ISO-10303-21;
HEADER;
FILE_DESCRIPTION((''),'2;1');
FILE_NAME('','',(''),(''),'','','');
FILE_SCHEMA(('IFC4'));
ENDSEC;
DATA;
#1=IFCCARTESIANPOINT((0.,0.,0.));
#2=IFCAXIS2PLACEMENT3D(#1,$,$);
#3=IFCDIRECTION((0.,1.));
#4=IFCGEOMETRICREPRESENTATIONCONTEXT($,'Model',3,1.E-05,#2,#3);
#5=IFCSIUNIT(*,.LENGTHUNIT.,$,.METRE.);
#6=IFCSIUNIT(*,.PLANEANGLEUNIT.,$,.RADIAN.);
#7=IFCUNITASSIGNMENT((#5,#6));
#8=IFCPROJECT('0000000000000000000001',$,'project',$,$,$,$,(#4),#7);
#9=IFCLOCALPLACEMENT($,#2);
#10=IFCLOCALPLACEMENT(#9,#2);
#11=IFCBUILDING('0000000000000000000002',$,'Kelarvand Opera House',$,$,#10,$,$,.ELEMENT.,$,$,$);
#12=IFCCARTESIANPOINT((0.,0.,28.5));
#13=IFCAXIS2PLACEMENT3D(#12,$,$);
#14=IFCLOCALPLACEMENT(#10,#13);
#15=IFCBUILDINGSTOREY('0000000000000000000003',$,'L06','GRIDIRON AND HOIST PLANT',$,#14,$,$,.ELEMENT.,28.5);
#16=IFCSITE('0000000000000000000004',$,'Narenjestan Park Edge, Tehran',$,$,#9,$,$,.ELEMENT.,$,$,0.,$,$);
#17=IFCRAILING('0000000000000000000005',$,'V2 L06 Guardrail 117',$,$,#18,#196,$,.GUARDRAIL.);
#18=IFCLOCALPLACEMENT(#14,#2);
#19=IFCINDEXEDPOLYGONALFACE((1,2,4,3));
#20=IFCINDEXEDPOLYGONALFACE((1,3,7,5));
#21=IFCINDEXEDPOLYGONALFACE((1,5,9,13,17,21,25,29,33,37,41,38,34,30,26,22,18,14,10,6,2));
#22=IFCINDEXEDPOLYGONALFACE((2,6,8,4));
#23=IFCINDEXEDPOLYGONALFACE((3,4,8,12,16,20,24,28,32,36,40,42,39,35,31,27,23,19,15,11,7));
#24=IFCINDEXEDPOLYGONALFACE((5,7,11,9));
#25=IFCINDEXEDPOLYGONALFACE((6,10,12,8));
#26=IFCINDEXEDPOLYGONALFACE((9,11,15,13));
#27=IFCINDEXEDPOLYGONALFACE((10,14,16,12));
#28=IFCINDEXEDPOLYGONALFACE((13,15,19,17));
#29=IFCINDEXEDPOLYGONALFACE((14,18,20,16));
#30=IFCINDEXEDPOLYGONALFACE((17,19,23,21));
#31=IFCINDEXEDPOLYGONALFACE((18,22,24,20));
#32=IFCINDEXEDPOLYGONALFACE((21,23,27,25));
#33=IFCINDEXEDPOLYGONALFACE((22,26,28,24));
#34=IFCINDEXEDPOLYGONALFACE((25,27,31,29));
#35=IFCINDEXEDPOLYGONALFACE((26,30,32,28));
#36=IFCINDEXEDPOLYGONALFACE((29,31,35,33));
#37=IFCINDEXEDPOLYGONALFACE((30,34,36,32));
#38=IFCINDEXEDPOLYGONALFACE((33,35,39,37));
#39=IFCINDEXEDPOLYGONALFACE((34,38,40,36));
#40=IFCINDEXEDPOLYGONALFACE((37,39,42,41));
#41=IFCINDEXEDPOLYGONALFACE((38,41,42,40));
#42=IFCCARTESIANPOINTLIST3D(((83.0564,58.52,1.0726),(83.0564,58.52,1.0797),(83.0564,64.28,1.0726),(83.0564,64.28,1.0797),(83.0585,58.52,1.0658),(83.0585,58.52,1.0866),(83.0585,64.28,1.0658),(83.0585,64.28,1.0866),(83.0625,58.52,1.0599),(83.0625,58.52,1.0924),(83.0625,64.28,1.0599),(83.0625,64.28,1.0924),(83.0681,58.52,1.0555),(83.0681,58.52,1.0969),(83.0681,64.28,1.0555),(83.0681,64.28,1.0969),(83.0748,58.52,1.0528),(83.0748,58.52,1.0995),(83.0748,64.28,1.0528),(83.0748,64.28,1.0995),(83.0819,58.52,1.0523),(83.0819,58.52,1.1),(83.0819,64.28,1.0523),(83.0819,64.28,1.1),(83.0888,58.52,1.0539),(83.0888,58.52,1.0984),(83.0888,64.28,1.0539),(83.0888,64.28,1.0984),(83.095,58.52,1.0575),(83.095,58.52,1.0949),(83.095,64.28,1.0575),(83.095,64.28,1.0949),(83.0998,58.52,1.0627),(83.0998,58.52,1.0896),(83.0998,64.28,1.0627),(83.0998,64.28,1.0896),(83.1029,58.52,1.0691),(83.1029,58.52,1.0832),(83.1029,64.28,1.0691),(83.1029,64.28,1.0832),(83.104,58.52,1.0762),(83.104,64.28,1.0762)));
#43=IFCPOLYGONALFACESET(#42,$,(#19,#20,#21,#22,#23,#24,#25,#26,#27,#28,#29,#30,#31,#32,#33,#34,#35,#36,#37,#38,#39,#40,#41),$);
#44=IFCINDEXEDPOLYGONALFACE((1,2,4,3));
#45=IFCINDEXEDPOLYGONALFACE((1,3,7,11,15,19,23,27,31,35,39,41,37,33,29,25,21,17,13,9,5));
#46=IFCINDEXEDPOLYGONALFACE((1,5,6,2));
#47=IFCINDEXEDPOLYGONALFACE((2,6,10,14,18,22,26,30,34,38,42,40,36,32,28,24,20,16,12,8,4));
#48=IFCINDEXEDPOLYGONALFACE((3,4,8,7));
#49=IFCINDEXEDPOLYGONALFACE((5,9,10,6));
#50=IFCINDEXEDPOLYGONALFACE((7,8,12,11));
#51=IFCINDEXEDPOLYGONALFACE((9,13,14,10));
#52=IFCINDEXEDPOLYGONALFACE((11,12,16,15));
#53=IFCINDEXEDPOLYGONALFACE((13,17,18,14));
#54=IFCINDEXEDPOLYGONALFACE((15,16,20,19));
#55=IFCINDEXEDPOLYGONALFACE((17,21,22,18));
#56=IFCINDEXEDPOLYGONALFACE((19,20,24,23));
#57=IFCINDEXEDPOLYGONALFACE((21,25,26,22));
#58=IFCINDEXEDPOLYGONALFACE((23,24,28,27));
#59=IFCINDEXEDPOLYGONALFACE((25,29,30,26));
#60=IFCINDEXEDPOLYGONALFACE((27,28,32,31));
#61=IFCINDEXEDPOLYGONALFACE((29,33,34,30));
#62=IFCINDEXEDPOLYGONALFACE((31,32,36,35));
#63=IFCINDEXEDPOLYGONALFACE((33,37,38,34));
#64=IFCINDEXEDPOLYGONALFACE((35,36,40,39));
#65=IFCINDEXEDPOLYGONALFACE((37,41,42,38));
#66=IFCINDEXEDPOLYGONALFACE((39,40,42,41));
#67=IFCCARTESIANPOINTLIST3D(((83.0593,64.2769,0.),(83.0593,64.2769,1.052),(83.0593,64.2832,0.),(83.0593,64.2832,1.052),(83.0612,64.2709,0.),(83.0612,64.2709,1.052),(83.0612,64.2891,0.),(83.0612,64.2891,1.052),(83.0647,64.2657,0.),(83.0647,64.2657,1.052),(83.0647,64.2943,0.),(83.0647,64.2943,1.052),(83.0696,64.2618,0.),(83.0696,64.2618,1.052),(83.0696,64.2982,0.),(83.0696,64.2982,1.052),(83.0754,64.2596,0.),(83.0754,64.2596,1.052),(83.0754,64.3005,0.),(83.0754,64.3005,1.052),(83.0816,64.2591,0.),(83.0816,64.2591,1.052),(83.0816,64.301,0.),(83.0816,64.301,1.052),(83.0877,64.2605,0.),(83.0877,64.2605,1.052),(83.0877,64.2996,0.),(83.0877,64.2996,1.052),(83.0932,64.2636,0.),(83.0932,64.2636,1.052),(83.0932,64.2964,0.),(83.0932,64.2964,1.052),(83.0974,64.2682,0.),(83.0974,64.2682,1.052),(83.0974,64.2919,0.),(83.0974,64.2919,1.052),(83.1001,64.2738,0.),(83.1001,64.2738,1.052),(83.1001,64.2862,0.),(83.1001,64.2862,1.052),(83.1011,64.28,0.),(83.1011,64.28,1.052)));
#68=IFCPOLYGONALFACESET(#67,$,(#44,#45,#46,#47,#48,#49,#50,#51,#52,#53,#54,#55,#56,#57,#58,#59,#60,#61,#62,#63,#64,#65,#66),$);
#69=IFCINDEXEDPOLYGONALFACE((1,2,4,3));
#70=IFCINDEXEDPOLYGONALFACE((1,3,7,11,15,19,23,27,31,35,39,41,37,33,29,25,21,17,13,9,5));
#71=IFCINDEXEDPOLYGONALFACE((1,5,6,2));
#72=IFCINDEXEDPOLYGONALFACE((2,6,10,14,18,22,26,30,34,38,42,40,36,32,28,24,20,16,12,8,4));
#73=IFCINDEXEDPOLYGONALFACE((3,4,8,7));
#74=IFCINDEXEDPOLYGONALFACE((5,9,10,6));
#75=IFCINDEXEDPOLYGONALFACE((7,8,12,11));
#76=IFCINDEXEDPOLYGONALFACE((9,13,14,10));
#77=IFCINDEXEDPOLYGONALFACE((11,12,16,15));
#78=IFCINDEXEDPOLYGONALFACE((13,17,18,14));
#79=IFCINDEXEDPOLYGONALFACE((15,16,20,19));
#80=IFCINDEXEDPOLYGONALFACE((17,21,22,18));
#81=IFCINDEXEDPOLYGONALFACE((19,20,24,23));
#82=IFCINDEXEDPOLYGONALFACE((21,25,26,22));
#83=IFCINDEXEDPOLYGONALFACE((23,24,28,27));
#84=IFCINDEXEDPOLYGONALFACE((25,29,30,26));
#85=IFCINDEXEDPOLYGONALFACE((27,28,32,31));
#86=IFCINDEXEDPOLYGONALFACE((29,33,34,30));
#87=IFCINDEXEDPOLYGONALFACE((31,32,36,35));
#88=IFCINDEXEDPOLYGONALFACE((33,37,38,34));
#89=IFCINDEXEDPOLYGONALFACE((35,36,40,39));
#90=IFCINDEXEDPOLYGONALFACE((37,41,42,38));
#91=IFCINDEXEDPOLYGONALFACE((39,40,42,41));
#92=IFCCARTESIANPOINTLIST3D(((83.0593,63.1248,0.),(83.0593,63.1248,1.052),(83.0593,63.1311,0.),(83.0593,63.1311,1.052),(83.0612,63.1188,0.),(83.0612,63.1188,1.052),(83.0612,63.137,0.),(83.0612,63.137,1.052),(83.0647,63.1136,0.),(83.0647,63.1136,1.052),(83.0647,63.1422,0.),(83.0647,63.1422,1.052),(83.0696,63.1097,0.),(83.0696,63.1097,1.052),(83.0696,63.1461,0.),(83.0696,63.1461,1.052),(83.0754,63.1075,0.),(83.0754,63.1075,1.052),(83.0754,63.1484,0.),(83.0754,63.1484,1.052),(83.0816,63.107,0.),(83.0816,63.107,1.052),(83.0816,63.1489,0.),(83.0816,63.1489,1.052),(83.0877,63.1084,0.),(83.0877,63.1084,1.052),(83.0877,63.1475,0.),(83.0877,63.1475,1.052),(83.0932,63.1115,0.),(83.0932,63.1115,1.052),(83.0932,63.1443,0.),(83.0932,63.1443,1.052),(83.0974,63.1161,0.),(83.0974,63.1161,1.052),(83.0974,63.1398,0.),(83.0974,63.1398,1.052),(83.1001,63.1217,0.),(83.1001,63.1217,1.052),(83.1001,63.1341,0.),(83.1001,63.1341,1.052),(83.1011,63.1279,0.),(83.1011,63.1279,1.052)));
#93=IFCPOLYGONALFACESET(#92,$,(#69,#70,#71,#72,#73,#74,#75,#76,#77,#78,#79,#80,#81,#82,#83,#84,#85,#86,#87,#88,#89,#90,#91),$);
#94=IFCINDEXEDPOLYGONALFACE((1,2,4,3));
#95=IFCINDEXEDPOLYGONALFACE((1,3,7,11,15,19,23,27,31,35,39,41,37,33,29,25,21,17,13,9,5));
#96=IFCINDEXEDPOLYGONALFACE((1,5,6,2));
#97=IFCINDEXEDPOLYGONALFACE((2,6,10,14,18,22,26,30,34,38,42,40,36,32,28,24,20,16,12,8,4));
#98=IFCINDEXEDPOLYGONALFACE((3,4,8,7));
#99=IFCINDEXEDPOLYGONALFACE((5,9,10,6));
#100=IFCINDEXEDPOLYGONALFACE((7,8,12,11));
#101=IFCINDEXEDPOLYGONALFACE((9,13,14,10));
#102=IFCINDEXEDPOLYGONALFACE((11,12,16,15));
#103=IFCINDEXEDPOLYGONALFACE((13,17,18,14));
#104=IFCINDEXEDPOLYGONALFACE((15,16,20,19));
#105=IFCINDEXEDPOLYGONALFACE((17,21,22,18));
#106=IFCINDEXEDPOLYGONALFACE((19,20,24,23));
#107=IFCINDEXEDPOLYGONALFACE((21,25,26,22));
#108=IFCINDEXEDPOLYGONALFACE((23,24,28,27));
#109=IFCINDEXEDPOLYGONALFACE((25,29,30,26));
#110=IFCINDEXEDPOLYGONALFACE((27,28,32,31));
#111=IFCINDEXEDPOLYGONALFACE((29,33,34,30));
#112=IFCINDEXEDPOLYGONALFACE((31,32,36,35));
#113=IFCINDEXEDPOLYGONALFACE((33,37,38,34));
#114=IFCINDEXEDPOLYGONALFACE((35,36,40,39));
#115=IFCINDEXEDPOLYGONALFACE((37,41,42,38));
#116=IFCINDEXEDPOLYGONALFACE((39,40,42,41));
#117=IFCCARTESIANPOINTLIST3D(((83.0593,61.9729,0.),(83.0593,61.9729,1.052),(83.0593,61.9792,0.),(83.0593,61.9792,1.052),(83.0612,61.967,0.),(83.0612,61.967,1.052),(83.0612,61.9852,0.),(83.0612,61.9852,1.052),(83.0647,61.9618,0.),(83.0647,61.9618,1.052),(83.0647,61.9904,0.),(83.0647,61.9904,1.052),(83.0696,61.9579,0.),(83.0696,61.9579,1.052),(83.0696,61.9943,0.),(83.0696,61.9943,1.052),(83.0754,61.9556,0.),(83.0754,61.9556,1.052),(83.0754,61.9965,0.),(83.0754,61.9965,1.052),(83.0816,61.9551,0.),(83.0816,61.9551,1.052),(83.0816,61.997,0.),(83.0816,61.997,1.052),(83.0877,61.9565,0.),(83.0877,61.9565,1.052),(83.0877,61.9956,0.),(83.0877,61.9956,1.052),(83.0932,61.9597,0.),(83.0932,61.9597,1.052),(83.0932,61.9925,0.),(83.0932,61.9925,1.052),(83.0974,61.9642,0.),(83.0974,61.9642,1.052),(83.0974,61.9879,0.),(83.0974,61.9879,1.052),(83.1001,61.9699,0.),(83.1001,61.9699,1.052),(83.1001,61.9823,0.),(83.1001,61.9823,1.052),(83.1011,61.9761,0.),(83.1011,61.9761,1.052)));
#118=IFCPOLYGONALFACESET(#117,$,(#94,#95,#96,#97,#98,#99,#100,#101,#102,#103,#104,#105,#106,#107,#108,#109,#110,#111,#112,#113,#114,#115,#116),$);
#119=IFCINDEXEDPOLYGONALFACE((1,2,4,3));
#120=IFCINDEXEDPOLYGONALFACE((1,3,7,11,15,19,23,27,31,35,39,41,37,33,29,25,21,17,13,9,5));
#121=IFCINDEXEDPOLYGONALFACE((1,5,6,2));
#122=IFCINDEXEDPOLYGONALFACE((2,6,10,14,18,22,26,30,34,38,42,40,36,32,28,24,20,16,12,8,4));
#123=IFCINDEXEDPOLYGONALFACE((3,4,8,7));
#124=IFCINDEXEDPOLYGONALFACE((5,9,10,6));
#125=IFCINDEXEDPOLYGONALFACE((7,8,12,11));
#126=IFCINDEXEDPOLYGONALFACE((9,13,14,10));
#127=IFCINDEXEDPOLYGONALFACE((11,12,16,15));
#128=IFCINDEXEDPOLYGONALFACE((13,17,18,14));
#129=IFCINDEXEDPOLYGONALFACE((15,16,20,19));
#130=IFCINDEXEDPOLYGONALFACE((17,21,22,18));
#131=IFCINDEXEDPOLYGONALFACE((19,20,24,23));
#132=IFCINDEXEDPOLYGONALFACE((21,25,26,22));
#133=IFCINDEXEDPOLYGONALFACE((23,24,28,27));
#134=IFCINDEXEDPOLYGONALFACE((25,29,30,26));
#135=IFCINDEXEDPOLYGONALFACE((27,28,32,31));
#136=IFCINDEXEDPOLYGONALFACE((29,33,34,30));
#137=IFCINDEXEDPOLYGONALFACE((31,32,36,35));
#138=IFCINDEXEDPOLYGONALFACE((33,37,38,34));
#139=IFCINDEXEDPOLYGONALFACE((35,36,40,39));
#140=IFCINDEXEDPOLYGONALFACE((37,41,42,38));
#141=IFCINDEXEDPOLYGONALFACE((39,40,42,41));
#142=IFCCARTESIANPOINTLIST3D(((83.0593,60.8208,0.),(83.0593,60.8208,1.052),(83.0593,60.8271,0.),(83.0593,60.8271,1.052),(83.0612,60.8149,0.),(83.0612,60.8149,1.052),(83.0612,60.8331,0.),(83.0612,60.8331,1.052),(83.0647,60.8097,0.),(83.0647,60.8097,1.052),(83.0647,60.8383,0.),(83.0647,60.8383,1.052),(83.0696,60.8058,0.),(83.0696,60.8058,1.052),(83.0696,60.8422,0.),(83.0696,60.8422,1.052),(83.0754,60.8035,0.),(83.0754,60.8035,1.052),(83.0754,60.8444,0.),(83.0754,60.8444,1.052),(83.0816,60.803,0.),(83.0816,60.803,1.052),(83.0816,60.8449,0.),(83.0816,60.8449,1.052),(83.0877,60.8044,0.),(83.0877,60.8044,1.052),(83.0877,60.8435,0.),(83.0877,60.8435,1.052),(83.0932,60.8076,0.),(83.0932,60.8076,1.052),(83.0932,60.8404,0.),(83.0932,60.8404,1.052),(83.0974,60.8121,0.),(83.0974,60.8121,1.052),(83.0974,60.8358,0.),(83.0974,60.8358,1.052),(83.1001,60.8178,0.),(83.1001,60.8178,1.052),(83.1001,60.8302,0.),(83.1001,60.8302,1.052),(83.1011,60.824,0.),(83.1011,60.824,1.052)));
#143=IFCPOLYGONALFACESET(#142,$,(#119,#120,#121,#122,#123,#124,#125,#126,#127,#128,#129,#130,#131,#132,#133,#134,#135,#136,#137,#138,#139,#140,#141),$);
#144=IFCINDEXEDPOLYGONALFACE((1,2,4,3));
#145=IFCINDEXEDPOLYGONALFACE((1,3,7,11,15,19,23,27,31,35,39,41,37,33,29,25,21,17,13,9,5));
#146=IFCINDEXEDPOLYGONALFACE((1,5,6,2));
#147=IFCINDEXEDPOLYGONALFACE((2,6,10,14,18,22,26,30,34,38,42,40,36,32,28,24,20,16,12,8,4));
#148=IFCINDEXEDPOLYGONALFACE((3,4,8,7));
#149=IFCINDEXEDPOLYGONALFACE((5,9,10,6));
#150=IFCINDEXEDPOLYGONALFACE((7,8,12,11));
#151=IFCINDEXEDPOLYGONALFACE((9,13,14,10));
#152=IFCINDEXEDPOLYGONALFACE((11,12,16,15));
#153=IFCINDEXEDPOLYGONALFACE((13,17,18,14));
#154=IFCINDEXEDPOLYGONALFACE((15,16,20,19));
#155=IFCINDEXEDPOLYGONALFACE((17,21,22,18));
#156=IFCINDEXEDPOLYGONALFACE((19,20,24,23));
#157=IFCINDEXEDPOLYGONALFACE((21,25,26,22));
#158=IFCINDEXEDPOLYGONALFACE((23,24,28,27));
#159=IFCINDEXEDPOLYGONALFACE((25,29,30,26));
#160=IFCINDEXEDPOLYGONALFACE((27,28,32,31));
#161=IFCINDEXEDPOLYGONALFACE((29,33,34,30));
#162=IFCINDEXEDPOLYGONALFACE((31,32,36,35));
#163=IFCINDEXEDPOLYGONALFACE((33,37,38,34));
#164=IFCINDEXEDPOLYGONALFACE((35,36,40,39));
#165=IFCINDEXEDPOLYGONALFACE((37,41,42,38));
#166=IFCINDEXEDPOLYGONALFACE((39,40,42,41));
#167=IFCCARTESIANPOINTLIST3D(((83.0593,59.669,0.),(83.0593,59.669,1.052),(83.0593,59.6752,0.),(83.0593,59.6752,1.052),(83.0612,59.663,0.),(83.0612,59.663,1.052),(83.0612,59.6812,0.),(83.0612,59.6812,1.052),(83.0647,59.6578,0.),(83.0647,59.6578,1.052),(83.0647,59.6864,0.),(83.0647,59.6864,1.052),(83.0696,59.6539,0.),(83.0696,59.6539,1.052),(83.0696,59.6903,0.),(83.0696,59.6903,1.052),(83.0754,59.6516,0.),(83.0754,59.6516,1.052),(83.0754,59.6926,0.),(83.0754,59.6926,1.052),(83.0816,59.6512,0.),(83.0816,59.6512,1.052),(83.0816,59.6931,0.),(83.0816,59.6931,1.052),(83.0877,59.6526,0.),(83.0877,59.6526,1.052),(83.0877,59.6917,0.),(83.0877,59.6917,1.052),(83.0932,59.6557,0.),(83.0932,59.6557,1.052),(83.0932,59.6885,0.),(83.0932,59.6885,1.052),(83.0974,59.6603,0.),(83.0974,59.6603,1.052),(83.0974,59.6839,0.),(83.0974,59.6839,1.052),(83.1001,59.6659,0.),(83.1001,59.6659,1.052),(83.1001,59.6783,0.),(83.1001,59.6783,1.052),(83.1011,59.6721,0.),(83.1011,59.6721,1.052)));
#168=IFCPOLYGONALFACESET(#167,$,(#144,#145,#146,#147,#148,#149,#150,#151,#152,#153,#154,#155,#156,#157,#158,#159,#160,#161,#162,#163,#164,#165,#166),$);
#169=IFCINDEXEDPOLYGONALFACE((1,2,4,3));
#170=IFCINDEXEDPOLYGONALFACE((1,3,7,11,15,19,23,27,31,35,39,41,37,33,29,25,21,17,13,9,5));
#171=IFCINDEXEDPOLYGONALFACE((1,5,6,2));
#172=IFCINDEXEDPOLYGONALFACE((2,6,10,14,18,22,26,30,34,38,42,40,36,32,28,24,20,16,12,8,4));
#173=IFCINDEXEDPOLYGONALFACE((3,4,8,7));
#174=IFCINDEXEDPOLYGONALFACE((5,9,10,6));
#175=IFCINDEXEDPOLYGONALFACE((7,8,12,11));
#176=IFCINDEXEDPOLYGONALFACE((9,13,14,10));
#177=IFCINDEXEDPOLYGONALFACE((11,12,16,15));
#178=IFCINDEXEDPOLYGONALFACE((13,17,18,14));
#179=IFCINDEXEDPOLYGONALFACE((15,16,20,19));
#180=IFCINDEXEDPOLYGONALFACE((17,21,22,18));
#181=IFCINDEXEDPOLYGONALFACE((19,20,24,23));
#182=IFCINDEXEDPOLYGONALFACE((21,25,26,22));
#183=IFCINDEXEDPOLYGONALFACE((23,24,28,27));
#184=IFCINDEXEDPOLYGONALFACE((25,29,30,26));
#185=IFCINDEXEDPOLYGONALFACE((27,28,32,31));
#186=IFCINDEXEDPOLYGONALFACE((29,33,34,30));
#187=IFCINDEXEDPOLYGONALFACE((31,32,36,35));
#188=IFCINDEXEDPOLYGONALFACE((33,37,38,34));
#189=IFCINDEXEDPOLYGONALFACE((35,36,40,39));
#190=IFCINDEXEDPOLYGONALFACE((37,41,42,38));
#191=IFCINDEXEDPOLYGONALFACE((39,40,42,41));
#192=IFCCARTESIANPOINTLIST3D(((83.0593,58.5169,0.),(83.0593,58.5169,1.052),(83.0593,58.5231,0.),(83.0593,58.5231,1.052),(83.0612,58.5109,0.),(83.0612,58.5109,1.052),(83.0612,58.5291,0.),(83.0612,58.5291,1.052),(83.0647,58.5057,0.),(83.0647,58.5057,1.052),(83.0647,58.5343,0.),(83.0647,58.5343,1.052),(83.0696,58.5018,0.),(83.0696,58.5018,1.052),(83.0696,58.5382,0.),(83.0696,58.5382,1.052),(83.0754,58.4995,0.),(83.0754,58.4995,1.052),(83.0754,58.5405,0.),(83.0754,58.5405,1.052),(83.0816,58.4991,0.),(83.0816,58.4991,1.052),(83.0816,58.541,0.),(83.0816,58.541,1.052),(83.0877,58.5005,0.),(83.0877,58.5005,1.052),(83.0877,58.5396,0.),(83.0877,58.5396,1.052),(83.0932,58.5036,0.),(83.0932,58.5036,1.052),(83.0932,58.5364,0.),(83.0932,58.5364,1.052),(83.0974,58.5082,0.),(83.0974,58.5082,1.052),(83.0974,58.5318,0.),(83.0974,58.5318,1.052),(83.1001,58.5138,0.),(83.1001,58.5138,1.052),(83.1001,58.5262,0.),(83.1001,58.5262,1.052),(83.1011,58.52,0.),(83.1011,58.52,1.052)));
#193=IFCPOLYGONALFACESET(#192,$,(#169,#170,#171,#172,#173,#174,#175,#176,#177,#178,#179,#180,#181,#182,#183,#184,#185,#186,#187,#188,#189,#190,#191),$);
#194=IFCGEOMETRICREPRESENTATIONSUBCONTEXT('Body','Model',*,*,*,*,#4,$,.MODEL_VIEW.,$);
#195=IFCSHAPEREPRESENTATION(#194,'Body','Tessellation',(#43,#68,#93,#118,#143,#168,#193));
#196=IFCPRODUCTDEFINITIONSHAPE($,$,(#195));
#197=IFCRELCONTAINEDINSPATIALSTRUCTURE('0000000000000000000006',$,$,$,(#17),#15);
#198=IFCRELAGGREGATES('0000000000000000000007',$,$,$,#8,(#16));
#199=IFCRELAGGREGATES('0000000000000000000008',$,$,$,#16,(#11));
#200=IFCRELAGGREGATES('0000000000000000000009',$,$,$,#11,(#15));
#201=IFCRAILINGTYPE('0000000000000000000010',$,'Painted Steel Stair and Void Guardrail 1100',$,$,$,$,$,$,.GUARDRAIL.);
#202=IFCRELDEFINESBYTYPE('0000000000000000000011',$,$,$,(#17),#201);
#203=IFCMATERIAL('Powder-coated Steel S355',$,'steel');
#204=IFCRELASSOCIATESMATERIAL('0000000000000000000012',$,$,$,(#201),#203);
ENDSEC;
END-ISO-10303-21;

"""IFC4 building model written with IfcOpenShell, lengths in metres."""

from ifc_helpers import new_model, si_unit, direction, frame, origin, origin_2d, place, context, subcontext, project, spatial, circle, extrude, material, type_object, element, save


model = new_model("IFC4")

# Units and contexts
model_context = context("Model", 3, precision=1e-05, world=origin(), true_north=direction((0.0, 1.0)))
body_context = subcontext(model_context, "Body", "Model", "MODEL_VIEW")
ifc_project = project(units=[si_unit("LENGTHUNIT", "METRE"), si_unit("PLANEANGLEUNIT", "RADIAN")], contexts=[model_context])

# Site, building, storey
site_placement = place(None, origin())
site = spatial("IfcSite", under=ifc_project, at=site_placement, Name="Narenjestan Park Edge, Tehran", CompositionType="ELEMENT", RefElevation=0.0)
building_placement = place(site_placement, origin())
building = spatial("IfcBuilding", under=site, at=building_placement, Name="Kelarvand Opera House", CompositionType="ELEMENT")
storey_placement = place(building_placement, frame((0.0, 0.0, 28.5)))
storey = spatial("IfcBuildingStorey", under=building, at=storey_placement, Name="L06", Description="GRIDIRON AND HOIST PLANT", CompositionType="ELEMENT", Elevation=28.5)

# Railing
ifc_material_1 = material(Name="Powder-coated Steel S355", Category="steel")
railing_type = type_object("IfcRailingType", Name="Painted Steel Stair and Void Guardrail 1100", PredefinedType="GUARDRAIL", material=ifc_material_1)
for number, where, name in (
    (1, (83.0801, 64.28, 0.0), "V2 L06 Guardrail 117"),
):
    element("IfcRailing", number, at=place(storey_placement, frame(where)), inside=storey, type_object=railing_type, Name=name, PredefinedType="GUARDRAIL", context=body_context, shape_type="SweptSolid", body=[
        extrude(circle(Radius=0.0239, at=origin_2d()), frame((0.0, 0.0, 1.0762), z_axis=(0.0, -1.0, 0.0), x_axis=(1.0, 0.0, 0.0)), (0.0, 0.0, 1.0), 5.76),
        extrude(circle(Radius=0.021, at=origin_2d()), origin(), (0.0, 0.0, 1.0), 1.052),
        extrude(circle(Radius=0.021, at=origin_2d()), frame((0.0, -1.1521, 0.0)), (0.0, 0.0, 1.0), 1.052),
        extrude(circle(Radius=0.021, at=origin_2d()), frame((0.0, -2.304, 0.0)), (0.0, 0.0, 1.0), 1.052),
        extrude(circle(Radius=0.021, at=origin_2d()), frame((0.0, -3.4561, 0.0)), (0.0, 0.0, 1.0), 1.052),
        extrude(circle(Radius=0.021, at=origin_2d()), frame((0.0, -4.6079, 0.0)), (0.0, 0.0, 1.0), 1.052),
        extrude(circle(Radius=0.021, at=origin_2d()), frame((0.0, -5.76, 0.0)), (0.0, 0.0, 1.0), 1.052),
    ])

save(model, "model.ifc")
